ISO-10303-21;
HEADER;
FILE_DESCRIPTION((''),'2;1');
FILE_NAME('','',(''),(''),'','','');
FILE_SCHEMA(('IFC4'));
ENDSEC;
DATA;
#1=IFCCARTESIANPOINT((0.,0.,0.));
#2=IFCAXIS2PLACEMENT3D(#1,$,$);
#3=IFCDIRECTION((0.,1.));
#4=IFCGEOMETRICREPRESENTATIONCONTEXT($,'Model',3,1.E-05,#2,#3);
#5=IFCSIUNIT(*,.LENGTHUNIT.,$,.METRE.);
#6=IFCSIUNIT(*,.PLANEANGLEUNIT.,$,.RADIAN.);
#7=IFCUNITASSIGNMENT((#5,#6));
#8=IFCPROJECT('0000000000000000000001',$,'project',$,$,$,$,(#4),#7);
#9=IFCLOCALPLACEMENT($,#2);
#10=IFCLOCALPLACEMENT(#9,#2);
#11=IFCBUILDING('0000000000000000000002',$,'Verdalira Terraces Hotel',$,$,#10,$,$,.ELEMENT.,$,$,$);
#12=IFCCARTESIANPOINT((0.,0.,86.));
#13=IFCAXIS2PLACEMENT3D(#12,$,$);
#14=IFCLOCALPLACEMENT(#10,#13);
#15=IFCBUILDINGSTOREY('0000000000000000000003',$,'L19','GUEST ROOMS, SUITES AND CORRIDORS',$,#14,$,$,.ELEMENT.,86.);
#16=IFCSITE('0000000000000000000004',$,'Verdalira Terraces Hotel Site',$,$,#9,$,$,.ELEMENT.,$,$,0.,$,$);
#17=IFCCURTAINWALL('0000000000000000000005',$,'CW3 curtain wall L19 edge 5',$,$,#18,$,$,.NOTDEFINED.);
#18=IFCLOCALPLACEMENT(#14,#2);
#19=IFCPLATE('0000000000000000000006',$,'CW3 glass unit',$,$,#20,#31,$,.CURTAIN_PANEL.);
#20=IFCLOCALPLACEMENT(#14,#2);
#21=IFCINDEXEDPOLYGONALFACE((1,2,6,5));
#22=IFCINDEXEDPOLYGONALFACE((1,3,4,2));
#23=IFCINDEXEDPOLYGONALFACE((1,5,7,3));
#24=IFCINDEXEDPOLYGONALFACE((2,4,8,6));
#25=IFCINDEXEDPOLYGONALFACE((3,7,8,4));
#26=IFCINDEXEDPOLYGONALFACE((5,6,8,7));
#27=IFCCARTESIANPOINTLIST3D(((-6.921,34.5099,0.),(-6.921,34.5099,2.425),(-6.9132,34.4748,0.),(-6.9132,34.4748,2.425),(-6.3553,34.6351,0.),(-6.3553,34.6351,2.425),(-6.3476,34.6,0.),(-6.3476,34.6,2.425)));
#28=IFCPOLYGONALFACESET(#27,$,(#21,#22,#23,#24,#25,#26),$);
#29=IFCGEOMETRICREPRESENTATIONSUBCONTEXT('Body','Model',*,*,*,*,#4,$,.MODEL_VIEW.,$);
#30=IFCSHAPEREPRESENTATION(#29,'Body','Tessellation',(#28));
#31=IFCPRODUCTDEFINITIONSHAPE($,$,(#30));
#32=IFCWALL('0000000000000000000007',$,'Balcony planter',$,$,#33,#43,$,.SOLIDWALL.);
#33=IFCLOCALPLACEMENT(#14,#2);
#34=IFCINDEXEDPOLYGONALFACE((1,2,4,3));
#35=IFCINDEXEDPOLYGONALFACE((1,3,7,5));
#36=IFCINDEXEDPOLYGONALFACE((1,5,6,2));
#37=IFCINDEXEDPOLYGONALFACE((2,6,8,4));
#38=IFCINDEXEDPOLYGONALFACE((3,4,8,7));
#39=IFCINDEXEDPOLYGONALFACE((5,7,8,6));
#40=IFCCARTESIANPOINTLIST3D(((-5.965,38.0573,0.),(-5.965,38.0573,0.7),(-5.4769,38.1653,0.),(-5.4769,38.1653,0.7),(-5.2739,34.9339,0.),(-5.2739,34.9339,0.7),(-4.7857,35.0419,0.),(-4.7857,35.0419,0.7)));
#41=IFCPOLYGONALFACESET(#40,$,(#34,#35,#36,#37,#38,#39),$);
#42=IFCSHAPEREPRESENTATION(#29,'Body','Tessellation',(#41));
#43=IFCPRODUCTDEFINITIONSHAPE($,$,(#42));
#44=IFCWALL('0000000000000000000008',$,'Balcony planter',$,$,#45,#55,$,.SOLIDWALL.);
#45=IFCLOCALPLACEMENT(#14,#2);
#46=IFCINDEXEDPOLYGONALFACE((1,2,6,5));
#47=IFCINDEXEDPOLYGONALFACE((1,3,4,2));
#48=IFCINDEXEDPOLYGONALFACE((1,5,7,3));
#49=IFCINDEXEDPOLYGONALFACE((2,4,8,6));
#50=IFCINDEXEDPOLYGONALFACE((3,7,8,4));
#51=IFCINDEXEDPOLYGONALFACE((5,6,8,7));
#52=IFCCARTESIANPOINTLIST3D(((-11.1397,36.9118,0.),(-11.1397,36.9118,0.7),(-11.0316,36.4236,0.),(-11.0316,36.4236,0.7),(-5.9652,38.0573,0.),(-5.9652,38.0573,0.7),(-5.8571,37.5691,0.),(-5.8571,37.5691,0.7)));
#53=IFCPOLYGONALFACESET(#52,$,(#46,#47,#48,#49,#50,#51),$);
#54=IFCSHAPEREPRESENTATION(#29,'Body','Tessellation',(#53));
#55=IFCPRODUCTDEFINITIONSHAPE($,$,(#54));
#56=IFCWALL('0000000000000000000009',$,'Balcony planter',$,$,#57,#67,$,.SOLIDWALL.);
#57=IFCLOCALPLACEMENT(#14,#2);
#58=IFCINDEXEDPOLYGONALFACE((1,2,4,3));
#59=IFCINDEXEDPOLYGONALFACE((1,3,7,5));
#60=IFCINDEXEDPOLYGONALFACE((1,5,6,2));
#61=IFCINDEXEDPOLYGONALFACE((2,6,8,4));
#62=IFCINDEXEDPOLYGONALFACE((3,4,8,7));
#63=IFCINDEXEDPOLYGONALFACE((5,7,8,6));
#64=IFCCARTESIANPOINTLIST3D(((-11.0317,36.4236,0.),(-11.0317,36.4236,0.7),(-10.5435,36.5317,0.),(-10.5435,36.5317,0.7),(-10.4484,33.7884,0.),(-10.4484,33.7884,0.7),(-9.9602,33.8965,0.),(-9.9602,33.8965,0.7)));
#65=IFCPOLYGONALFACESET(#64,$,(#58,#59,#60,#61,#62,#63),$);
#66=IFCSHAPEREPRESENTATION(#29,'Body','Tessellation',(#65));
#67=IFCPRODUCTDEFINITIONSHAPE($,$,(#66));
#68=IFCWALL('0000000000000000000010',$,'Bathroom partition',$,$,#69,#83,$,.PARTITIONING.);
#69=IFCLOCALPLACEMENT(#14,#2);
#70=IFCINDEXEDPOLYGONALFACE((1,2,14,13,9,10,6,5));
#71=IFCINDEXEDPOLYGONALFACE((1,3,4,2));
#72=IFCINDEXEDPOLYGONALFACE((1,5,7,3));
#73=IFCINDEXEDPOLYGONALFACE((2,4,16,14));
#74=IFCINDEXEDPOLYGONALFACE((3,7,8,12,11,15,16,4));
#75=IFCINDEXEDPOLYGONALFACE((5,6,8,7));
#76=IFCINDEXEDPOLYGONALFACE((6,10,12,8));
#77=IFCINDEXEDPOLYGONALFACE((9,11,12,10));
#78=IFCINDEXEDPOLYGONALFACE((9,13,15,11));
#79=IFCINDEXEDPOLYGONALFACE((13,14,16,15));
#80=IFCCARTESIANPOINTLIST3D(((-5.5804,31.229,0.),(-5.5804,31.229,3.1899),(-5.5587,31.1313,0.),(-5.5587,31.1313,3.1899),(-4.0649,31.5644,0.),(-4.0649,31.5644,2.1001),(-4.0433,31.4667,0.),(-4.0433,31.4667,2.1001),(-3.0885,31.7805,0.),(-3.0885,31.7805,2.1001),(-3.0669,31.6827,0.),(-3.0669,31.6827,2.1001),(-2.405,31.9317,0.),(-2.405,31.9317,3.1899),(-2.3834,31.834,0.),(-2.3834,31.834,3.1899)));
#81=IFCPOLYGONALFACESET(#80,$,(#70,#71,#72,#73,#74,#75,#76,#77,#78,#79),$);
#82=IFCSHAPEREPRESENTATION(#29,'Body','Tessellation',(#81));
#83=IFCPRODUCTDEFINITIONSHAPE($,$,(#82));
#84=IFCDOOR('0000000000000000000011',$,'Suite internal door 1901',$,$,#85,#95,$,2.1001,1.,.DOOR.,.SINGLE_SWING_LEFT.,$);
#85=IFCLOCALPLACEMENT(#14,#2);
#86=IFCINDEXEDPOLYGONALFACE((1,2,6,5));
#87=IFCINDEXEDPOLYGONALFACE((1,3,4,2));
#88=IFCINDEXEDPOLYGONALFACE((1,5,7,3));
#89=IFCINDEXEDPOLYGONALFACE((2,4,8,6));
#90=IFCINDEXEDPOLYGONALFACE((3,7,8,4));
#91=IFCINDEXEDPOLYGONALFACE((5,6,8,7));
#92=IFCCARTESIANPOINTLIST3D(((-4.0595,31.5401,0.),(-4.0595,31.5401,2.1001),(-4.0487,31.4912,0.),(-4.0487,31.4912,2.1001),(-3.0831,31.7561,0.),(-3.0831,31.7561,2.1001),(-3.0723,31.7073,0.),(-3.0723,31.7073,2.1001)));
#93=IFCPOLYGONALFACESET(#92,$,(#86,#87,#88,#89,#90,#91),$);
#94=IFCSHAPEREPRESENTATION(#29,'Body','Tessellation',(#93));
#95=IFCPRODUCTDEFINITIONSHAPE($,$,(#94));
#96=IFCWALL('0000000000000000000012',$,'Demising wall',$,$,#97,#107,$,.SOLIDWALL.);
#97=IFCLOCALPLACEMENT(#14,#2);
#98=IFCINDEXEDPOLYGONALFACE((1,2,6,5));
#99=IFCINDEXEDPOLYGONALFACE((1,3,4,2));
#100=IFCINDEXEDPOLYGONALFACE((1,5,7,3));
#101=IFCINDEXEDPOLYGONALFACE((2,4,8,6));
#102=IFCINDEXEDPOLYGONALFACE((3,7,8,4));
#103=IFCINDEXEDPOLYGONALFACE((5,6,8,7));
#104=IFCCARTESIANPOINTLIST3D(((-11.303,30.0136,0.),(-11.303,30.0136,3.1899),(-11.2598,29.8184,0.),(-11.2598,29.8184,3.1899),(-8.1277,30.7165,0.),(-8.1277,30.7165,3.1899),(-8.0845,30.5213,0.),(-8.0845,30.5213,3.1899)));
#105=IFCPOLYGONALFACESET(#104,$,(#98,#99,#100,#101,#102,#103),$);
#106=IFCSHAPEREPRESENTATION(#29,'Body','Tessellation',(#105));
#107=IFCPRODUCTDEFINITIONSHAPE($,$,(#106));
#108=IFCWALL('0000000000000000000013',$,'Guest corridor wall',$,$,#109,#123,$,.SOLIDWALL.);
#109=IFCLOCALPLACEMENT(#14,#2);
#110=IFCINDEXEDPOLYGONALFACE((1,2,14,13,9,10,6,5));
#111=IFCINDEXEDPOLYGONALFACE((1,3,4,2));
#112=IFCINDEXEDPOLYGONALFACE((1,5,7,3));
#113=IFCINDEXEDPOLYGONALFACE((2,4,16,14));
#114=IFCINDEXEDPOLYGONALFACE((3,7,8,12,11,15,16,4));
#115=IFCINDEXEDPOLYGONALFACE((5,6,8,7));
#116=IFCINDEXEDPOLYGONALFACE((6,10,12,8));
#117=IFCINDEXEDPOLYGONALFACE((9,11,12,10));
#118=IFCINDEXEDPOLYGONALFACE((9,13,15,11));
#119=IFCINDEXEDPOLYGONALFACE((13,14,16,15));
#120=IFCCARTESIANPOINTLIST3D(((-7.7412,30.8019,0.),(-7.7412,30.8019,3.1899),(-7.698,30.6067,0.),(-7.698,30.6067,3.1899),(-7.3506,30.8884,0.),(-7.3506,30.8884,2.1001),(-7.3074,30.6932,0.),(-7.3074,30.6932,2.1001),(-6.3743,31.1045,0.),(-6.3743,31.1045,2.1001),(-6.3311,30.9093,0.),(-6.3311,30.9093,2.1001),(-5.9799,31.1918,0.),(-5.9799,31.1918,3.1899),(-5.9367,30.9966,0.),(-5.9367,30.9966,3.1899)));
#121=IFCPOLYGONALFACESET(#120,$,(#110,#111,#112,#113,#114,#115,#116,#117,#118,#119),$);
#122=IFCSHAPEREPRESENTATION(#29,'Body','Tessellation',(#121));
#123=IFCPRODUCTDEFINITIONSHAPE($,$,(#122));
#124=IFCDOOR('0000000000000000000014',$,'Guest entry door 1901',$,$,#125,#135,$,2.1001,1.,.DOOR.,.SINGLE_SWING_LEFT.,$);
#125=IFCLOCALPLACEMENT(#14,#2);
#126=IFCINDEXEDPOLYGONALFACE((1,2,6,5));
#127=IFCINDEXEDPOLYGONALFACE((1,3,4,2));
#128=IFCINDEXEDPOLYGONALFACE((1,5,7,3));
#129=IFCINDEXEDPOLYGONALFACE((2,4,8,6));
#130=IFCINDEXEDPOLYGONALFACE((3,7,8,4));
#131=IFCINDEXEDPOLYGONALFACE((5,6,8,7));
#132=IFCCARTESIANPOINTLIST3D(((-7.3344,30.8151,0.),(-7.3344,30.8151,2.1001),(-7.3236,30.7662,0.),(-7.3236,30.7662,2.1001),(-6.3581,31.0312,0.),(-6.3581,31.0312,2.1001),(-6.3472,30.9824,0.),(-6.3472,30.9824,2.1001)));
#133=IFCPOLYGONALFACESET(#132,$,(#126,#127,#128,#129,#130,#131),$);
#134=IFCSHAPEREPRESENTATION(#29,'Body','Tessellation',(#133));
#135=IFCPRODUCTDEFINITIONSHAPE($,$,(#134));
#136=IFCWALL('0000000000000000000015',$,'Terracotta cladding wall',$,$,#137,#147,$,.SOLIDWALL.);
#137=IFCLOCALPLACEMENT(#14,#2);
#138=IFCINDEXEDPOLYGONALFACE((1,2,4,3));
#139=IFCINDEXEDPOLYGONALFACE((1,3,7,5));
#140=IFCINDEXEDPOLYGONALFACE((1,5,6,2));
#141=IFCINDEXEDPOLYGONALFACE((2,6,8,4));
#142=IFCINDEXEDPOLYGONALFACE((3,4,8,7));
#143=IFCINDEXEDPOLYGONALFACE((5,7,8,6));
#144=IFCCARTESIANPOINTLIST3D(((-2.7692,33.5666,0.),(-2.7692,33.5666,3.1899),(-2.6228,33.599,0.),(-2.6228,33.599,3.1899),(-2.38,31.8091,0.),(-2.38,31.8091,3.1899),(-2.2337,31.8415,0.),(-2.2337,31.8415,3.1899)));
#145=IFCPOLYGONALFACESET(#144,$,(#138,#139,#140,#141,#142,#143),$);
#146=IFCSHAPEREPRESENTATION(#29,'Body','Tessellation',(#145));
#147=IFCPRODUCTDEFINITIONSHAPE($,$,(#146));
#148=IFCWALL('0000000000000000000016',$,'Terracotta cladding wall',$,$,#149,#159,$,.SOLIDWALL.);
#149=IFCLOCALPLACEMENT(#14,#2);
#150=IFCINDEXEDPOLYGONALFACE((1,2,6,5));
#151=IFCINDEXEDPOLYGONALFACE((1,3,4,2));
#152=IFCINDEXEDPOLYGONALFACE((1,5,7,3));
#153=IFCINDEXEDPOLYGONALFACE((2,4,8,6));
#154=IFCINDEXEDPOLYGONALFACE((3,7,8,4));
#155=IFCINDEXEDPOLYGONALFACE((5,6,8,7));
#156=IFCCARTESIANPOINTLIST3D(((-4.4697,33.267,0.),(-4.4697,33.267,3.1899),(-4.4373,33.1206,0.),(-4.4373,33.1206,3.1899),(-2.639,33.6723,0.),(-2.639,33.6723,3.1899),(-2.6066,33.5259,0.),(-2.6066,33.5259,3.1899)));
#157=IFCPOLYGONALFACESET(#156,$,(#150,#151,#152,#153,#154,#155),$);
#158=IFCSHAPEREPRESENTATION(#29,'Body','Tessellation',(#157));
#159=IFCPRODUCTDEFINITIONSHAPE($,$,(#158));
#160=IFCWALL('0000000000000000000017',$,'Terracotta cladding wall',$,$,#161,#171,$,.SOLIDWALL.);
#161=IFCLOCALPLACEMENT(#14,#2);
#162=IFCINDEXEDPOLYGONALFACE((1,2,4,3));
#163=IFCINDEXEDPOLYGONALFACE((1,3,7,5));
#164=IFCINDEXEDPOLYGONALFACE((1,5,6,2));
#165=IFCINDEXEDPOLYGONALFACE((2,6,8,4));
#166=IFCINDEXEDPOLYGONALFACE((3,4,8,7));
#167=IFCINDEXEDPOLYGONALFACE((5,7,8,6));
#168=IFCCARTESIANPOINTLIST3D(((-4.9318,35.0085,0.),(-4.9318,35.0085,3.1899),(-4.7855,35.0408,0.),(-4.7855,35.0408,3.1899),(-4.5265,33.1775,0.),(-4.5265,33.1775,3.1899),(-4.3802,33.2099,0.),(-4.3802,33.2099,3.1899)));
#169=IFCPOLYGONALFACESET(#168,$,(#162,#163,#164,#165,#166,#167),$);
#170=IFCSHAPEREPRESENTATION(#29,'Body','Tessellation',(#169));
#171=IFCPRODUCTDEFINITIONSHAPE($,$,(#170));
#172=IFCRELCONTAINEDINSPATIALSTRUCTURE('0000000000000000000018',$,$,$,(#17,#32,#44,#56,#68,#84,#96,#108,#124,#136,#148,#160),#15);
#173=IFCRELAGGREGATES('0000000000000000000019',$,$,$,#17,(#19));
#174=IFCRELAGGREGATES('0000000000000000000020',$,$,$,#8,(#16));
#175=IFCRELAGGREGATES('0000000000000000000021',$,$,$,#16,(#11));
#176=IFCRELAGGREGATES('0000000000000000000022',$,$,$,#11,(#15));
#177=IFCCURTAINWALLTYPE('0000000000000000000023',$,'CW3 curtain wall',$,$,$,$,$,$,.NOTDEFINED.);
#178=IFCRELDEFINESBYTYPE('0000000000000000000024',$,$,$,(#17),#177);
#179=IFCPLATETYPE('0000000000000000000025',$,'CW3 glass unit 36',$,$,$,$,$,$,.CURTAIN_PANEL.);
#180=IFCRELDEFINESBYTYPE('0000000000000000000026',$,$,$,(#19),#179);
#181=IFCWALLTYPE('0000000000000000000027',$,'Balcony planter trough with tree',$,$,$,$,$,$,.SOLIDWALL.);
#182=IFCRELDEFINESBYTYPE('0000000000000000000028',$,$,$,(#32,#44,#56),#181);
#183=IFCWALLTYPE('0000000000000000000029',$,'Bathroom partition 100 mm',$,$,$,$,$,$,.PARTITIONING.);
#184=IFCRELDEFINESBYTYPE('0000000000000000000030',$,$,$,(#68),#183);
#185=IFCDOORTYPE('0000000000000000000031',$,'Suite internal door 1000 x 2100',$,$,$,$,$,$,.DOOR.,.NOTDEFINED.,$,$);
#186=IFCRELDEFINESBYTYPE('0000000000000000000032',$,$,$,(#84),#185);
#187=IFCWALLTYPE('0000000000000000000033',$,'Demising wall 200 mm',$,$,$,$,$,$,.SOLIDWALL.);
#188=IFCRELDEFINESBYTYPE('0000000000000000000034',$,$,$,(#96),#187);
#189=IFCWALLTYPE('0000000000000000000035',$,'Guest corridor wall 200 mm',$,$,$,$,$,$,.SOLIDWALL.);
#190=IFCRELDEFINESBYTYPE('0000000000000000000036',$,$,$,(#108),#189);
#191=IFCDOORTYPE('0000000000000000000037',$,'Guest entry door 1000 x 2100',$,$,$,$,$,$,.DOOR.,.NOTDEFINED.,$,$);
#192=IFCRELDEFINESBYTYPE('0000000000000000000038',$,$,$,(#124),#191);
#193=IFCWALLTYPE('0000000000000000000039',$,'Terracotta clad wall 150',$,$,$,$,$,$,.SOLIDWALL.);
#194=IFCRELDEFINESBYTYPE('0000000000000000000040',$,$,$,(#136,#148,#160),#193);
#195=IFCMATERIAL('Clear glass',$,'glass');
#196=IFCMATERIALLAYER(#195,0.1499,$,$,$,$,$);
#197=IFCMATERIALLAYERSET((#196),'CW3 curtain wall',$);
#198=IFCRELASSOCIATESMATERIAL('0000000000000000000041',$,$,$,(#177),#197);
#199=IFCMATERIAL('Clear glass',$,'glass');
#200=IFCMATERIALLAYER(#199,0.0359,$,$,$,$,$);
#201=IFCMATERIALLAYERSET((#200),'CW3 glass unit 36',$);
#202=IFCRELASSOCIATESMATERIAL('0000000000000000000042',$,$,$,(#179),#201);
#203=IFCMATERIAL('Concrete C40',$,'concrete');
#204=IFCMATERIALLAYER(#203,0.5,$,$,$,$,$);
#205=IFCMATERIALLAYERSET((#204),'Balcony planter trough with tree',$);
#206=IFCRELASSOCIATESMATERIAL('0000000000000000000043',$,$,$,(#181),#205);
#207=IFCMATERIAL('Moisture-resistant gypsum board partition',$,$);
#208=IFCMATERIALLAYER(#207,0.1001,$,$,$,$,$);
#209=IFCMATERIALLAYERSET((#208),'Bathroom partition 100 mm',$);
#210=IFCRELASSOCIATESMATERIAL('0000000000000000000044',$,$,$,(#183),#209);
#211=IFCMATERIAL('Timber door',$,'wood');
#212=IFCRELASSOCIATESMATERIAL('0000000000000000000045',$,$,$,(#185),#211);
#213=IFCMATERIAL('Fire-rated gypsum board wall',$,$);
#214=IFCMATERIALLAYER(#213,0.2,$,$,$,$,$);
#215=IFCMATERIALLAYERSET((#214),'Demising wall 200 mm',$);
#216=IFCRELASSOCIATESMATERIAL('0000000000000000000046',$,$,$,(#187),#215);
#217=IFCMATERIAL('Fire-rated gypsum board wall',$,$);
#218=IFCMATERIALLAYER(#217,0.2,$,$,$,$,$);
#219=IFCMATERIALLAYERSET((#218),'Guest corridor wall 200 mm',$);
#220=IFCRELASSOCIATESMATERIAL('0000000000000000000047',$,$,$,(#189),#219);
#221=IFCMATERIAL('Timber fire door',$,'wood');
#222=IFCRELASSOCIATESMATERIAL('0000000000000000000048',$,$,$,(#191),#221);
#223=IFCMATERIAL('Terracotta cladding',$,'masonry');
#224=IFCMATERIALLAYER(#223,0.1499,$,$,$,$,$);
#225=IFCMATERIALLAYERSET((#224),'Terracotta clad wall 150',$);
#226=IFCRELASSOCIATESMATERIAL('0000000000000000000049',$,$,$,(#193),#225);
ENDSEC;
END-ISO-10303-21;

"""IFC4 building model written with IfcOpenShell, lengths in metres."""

from ifc_helpers import new_model, si_unit, direction, frame, frame_2d, origin, origin_2d, place, context, subcontext, project, spatial, rectangle, extrude, material, layer, layer_set, type_object, element, fill, aggregate, save


model = new_model("IFC4")

# Units and contexts
model_context = context("Model", 3, precision=1e-05, world=origin(), true_north=direction((0.0, 1.0)))
body_context = subcontext(model_context, "Body", "Model", "MODEL_VIEW")
ifc_project = project(units=[si_unit("LENGTHUNIT", "METRE"), si_unit("PLANEANGLEUNIT", "RADIAN")], contexts=[model_context])

# Site, building, storey
site_placement = place(None, origin())
site = spatial("IfcSite", under=ifc_project, at=site_placement, Name="Verdalira Terraces Hotel Site", CompositionType="ELEMENT", RefElevation=0.0)
building_placement = place(site_placement, origin())
building = spatial("IfcBuilding", under=site, at=building_placement, Name="Verdalira Terraces Hotel", CompositionType="ELEMENT")
storey_placement = place(building_placement, frame((0.0, 0.0, 86.0)))
storey = spatial("IfcBuildingStorey", under=building, at=storey_placement, Name="L19", Description="GUEST ROOMS, SUITES AND CORRIDORS", CompositionType="ELEMENT", Elevation=86.0)

# Curtain wall
ifc_material_1 = material(Name="Clear glass", Category="glass")
ifc_layer_1 = layer(ifc_material_1, 0.1499)
ifc_layer_set_1 = layer_set([ifc_layer_1], Name="CW3 curtain wall")
curtain_wall_type_1 = type_object("IfcCurtainWallType", Name="CW3 curtain wall", PredefinedType="NOTDEFINED", material=ifc_layer_set_1)
curtain_wall_1_placement = place(storey_placement, origin())
curtain_wall_1 = element("IfcCurtainWall", 1, at=curtain_wall_1_placement, inside=storey, type_object=curtain_wall_type_1, Name="CW3 curtain wall L19 edge 5", PredefinedType="NOTDEFINED")

# Plate
ifc_material_2 = material(Name="Clear glass", Category="glass")
ifc_layer_2 = layer(ifc_material_2, 0.0359)
ifc_layer_set_2 = layer_set([ifc_layer_2], Name="CW3 glass unit 36")
plate_type = type_object("IfcPlateType", Name="CW3 glass unit 36", PredefinedType="CURTAIN_PANEL", material=ifc_layer_set_2)
plate_placement = place(storey_placement, frame((-6.6343, 34.5549, 0.0), z_axis=(0.0, 0.0, 1.0), x_axis=(-0.976371, -0.216099, 0.0)))
plate = element("IfcPlate", 2, at=plate_placement, type_object=plate_type, Name="CW3 glass unit", PredefinedType="CURTAIN_PANEL", context=body_context, shape_type="SweptSolid", body=[
    extrude(rectangle(XDim=0.5793, YDim=0.0359, at=origin_2d()), origin(), (0.0, 0.0, 1.0), 2.425),
])
aggregate(curtain_wall_1, [plate])

# Walls
ifc_material_3 = material(Name="Concrete C40", Category="concrete")
ifc_layer_3 = layer(ifc_material_3, 0.5)
ifc_layer_set_3 = layer_set([ifc_layer_3], Name="Balcony planter trough with tree")
wall_type_1 = type_object("IfcWallType", Name="Balcony planter trough with tree", PredefinedType="SOLIDWALL", material=ifc_layer_set_3)
wall_1_placement = place(storey_placement, frame((-5.0298, 34.9878, 0.0), z_axis=(0.0, 0.0, 1.0), x_axis=(-0.21605, 0.976382, 0.0)))
element("IfcWall", 3, at=wall_1_placement, inside=storey, type_object=wall_type_1, Name="Balcony planter", PredefinedType="SOLIDWALL", context=body_context, shape_type="SweptSolid", body=[
    extrude(rectangle(XDim=3.199, YDim=0.5, at=frame_2d((1.5996, 0.0))), origin(), (0.0, 0.0, 1.0), 0.7),
])
wall_2_placement = place(storey_placement, frame((-5.9111, 37.8132, 0.0), z_axis=(0.0, 0.0, 1.0), x_axis=(-0.976362, -0.21614, 0.0)))
element("IfcWall", 4, at=wall_2_placement, inside=storey, type_object=wall_type_1, Name="Balcony planter", PredefinedType="SOLIDWALL", context=body_context, shape_type="SweptSolid", body=[
    extrude(rectangle(XDim=5.2998, YDim=0.5, at=frame_2d((2.6499, 0.0))), origin(), (0.0, 0.0, 1.0), 0.7),
])
wall_3_placement = place(storey_placement, frame((-10.7876, 36.4778, 0.0), z_axis=(0.0, 0.0, 1.0), x_axis=(0.216097, -0.976372, 0.0)))
element("IfcWall", 5, at=wall_3_placement, inside=storey, type_object=wall_type_1, Name="Balcony planter", PredefinedType="SOLIDWALL", context=body_context, shape_type="SweptSolid", body=[
    extrude(rectangle(XDim=2.699, YDim=0.5, at=frame_2d((1.3496, 0.0))), origin(), (0.0, 0.0, 1.0), 0.7),
])

# Wall, opening, door
ifc_material_4 = material(Name="Moisture-resistant gypsum board partition")
ifc_layer_4 = layer(ifc_material_4, 0.1001)
ifc_layer_set_4 = layer_set([ifc_layer_4], Name="Bathroom partition 100 mm")
wall_type_2 = type_object("IfcWallType", Name="Bathroom partition 100 mm", PredefinedType="PARTITIONING", material=ifc_layer_set_4)
wall_4_placement = place(storey_placement, frame((-2.3943, 31.8828, 0.0), z_axis=(0.0, 0.0, 1.0), x_axis=(-0.976381, -0.216056, 0.0)))
wall_4 = element("IfcWall", 6, at=wall_4_placement, inside=storey, type_object=wall_type_2, Name="Bathroom partition", PredefinedType="PARTITIONING", context=body_context, shape_type="SweptSolid", body=[
    extrude(rectangle(XDim=3.2522, YDim=0.1001, at=frame_2d((1.626, 0.0))), origin(), (0.0, 0.0, 1.0), 3.1899),
])
opening_1_placement = place(wall_4_placement, frame((0.7, 0.0, 0.0)))
opening_1 = element("IfcOpeningElement", 7, at=opening_1_placement, cuts=wall_4, PredefinedType="OPENING", context=body_context, shape_type="SweptSolid", body=[
    extrude(rectangle(XDim=1.0, YDim=2.1001, at=frame_2d((0.5, 1.05))), frame((0.0, 0.0601, 0.0), z_axis=(0.0, -1.0, 0.0), x_axis=(1.0, 0.0, 0.0)), (0.0, 0.0, 1.0), 0.1201),
])
ifc_material_5 = material(Name="Timber door", Category="wood")
door_type_1 = type_object("IfcDoorType", Name="Suite internal door 1000 x 2100", OperationType="NOTDEFINED", PredefinedType="DOOR", material=ifc_material_5)
door_1_placement = place(opening_1_placement, origin())
door_1 = element("IfcDoor", 8, at=door_1_placement, inside=storey, type_object=door_type_1, Name="Suite internal door 1901", OperationType="SINGLE_SWING_LEFT", OverallHeight=2.1001, OverallWidth=1.0, PredefinedType="DOOR", context=body_context, shape_type="SweptSolid", body=[
    extrude(rectangle(XDim=1.0, YDim=2.1001, at=frame_2d((0.5, 1.05))), frame((0.0, 0.0249, 0.0), z_axis=(0.0, -1.0, 0.0), x_axis=(1.0, 0.0, 0.0)), (0.0, 0.0, 1.0), 0.05),
])
fill(opening_1, door_1)

# Wall
ifc_material_6 = material(Name="Fire-rated gypsum board wall")
ifc_layer_5 = layer(ifc_material_6, 0.2)
ifc_layer_set_5 = layer_set([ifc_layer_5], Name="Demising wall 200 mm")
wall_type_3 = type_object("IfcWallType", Name="Demising wall 200 mm", PredefinedType="SOLIDWALL", material=ifc_layer_set_5)
wall_5_placement = place(storey_placement, frame((-8.1062, 30.6189, 0.0), z_axis=(0.0, 0.0, 1.0), x_axis=(-0.976365, -0.216128, 0.0)))
element("IfcWall", 9, at=wall_5_placement, inside=storey, type_object=wall_type_3, Name="Demising wall", PredefinedType="SOLIDWALL", context=body_context, shape_type="SweptSolid", body=[
    extrude(rectangle(XDim=3.2522, YDim=0.2, at=frame_2d((1.626, 0.0))), origin(), (0.0, 0.0, 1.0), 3.1899),
])

# Wall, opening, door
ifc_material_7 = material(Name="Fire-rated gypsum board wall")
ifc_layer_6 = layer(ifc_material_7, 0.2)
ifc_layer_set_6 = layer_set([ifc_layer_6], Name="Guest corridor wall 200 mm")
wall_type_4 = type_object("IfcWallType", Name="Guest corridor wall 200 mm", PredefinedType="SOLIDWALL", material=ifc_layer_set_6)
wall_6_placement = place(storey_placement, frame((-7.7195, 30.7043, 0.0), z_axis=(0.0, 0.0, 1.0), x_axis=(0.976362, 0.216142, 0.0)))
wall_6 = element("IfcWall", 10, at=wall_6_placement, inside=storey, type_object=wall_type_4, Name="Guest corridor wall", PredefinedType="SOLIDWALL", context=body_context, shape_type="SweptSolid", body=[
    extrude(rectangle(XDim=1.804, YDim=0.2, at=frame_2d((0.9019, 0.0))), origin(), (0.0, 0.0, 1.0), 3.1899),
])
opening_2_placement = place(wall_6_placement, frame((0.3999, 0.0, 0.0)))
opening_2 = element("IfcOpeningElement", 11, at=opening_2_placement, cuts=wall_6, PredefinedType="OPENING", context=body_context, shape_type="SweptSolid", body=[
    extrude(rectangle(XDim=1.0, YDim=2.1001, at=frame_2d((0.5, 1.05))), frame((0.0, 0.1099, 0.0), z_axis=(0.0, -1.0, 0.0), x_axis=(1.0, 0.0, 0.0)), (0.0, 0.0, 1.0), 0.22),
])
ifc_material_8 = material(Name="Timber fire door", Category="wood")
door_type_2 = type_object("IfcDoorType", Name="Guest entry door 1000 x 2100", OperationType="NOTDEFINED", PredefinedType="DOOR", material=ifc_material_8)
door_2_placement = place(opening_2_placement, origin())
door_2 = element("IfcDoor", 12, at=door_2_placement, inside=storey, type_object=door_type_2, Name="Guest entry door 1901", OperationType="SINGLE_SWING_LEFT", OverallHeight=2.1001, OverallWidth=1.0, PredefinedType="DOOR", context=body_context, shape_type="SweptSolid", body=[
    extrude(rectangle(XDim=1.0, YDim=2.1001, at=frame_2d((0.5, 1.05))), frame((0.0, 0.0249, 0.0), z_axis=(0.0, -1.0, 0.0), x_axis=(1.0, 0.0, 0.0)), (0.0, 0.0, 1.0), 0.05),
])
fill(opening_2, door_2)

# Walls
ifc_material_9 = material(Name="Terracotta cladding", Category="masonry")
ifc_layer_7 = layer(ifc_material_9, 0.1499)
ifc_layer_set_7 = layer_set([ifc_layer_7], Name="Terracotta clad wall 150")
wall_type_5 = type_object("IfcWallType", Name="Terracotta clad wall 150", PredefinedType="SOLIDWALL", material=ifc_layer_set_7)
wall_7_placement = place(storey_placement, frame((-2.3069, 31.8254, 0.0), z_axis=(0.0, 0.0, 1.0), x_axis=(-0.216184, 0.976353, 0.0)))
element("IfcWall", 13, at=wall_7_placement, inside=storey, type_object=wall_type_5, Name="Terracotta cladding wall", PredefinedType="SOLIDWALL", context=body_context, shape_type="SweptSolid", body=[
    extrude(rectangle(XDim=1.8, YDim=0.1499, at=frame_2d((0.8999, 0.0))), origin(), (0.0, 0.0, 1.0), 3.1899),
])
wall_8_placement = place(storey_placement, frame((-2.6228, 33.5991, 0.0), z_axis=(0.0, 0.0, 1.0), x_axis=(-0.976358, -0.216158, 0.0)))
element("IfcWall", 14, at=wall_8_placement, inside=storey, type_object=wall_type_5, Name="Terracotta cladding wall", PredefinedType="SOLIDWALL", context=body_context, shape_type="SweptSolid", body=[
    extrude(rectangle(XDim=1.875, YDim=0.1499, at=frame_2d((0.9375, 0.0))), origin(), (0.0, 0.0, 1.0), 3.1899),
])
wall_9_placement = place(storey_placement, frame((-4.4534, 33.1938, 0.0), z_axis=(0.0, 0.0, 1.0), x_axis=(-0.216131, 0.976364, 0.0)))
element("IfcWall", 15, at=wall_9_placement, inside=storey, type_object=wall_type_5, Name="Terracotta cladding wall", PredefinedType="SOLIDWALL", context=body_context, shape_type="SweptSolid", body=[
    extrude(rectangle(XDim=1.8752, YDim=0.1499, at=frame_2d((0.9375, 0.0))), origin(), (0.0, 0.0, 1.0), 3.1899),
])

save(model, "model.ifc")
